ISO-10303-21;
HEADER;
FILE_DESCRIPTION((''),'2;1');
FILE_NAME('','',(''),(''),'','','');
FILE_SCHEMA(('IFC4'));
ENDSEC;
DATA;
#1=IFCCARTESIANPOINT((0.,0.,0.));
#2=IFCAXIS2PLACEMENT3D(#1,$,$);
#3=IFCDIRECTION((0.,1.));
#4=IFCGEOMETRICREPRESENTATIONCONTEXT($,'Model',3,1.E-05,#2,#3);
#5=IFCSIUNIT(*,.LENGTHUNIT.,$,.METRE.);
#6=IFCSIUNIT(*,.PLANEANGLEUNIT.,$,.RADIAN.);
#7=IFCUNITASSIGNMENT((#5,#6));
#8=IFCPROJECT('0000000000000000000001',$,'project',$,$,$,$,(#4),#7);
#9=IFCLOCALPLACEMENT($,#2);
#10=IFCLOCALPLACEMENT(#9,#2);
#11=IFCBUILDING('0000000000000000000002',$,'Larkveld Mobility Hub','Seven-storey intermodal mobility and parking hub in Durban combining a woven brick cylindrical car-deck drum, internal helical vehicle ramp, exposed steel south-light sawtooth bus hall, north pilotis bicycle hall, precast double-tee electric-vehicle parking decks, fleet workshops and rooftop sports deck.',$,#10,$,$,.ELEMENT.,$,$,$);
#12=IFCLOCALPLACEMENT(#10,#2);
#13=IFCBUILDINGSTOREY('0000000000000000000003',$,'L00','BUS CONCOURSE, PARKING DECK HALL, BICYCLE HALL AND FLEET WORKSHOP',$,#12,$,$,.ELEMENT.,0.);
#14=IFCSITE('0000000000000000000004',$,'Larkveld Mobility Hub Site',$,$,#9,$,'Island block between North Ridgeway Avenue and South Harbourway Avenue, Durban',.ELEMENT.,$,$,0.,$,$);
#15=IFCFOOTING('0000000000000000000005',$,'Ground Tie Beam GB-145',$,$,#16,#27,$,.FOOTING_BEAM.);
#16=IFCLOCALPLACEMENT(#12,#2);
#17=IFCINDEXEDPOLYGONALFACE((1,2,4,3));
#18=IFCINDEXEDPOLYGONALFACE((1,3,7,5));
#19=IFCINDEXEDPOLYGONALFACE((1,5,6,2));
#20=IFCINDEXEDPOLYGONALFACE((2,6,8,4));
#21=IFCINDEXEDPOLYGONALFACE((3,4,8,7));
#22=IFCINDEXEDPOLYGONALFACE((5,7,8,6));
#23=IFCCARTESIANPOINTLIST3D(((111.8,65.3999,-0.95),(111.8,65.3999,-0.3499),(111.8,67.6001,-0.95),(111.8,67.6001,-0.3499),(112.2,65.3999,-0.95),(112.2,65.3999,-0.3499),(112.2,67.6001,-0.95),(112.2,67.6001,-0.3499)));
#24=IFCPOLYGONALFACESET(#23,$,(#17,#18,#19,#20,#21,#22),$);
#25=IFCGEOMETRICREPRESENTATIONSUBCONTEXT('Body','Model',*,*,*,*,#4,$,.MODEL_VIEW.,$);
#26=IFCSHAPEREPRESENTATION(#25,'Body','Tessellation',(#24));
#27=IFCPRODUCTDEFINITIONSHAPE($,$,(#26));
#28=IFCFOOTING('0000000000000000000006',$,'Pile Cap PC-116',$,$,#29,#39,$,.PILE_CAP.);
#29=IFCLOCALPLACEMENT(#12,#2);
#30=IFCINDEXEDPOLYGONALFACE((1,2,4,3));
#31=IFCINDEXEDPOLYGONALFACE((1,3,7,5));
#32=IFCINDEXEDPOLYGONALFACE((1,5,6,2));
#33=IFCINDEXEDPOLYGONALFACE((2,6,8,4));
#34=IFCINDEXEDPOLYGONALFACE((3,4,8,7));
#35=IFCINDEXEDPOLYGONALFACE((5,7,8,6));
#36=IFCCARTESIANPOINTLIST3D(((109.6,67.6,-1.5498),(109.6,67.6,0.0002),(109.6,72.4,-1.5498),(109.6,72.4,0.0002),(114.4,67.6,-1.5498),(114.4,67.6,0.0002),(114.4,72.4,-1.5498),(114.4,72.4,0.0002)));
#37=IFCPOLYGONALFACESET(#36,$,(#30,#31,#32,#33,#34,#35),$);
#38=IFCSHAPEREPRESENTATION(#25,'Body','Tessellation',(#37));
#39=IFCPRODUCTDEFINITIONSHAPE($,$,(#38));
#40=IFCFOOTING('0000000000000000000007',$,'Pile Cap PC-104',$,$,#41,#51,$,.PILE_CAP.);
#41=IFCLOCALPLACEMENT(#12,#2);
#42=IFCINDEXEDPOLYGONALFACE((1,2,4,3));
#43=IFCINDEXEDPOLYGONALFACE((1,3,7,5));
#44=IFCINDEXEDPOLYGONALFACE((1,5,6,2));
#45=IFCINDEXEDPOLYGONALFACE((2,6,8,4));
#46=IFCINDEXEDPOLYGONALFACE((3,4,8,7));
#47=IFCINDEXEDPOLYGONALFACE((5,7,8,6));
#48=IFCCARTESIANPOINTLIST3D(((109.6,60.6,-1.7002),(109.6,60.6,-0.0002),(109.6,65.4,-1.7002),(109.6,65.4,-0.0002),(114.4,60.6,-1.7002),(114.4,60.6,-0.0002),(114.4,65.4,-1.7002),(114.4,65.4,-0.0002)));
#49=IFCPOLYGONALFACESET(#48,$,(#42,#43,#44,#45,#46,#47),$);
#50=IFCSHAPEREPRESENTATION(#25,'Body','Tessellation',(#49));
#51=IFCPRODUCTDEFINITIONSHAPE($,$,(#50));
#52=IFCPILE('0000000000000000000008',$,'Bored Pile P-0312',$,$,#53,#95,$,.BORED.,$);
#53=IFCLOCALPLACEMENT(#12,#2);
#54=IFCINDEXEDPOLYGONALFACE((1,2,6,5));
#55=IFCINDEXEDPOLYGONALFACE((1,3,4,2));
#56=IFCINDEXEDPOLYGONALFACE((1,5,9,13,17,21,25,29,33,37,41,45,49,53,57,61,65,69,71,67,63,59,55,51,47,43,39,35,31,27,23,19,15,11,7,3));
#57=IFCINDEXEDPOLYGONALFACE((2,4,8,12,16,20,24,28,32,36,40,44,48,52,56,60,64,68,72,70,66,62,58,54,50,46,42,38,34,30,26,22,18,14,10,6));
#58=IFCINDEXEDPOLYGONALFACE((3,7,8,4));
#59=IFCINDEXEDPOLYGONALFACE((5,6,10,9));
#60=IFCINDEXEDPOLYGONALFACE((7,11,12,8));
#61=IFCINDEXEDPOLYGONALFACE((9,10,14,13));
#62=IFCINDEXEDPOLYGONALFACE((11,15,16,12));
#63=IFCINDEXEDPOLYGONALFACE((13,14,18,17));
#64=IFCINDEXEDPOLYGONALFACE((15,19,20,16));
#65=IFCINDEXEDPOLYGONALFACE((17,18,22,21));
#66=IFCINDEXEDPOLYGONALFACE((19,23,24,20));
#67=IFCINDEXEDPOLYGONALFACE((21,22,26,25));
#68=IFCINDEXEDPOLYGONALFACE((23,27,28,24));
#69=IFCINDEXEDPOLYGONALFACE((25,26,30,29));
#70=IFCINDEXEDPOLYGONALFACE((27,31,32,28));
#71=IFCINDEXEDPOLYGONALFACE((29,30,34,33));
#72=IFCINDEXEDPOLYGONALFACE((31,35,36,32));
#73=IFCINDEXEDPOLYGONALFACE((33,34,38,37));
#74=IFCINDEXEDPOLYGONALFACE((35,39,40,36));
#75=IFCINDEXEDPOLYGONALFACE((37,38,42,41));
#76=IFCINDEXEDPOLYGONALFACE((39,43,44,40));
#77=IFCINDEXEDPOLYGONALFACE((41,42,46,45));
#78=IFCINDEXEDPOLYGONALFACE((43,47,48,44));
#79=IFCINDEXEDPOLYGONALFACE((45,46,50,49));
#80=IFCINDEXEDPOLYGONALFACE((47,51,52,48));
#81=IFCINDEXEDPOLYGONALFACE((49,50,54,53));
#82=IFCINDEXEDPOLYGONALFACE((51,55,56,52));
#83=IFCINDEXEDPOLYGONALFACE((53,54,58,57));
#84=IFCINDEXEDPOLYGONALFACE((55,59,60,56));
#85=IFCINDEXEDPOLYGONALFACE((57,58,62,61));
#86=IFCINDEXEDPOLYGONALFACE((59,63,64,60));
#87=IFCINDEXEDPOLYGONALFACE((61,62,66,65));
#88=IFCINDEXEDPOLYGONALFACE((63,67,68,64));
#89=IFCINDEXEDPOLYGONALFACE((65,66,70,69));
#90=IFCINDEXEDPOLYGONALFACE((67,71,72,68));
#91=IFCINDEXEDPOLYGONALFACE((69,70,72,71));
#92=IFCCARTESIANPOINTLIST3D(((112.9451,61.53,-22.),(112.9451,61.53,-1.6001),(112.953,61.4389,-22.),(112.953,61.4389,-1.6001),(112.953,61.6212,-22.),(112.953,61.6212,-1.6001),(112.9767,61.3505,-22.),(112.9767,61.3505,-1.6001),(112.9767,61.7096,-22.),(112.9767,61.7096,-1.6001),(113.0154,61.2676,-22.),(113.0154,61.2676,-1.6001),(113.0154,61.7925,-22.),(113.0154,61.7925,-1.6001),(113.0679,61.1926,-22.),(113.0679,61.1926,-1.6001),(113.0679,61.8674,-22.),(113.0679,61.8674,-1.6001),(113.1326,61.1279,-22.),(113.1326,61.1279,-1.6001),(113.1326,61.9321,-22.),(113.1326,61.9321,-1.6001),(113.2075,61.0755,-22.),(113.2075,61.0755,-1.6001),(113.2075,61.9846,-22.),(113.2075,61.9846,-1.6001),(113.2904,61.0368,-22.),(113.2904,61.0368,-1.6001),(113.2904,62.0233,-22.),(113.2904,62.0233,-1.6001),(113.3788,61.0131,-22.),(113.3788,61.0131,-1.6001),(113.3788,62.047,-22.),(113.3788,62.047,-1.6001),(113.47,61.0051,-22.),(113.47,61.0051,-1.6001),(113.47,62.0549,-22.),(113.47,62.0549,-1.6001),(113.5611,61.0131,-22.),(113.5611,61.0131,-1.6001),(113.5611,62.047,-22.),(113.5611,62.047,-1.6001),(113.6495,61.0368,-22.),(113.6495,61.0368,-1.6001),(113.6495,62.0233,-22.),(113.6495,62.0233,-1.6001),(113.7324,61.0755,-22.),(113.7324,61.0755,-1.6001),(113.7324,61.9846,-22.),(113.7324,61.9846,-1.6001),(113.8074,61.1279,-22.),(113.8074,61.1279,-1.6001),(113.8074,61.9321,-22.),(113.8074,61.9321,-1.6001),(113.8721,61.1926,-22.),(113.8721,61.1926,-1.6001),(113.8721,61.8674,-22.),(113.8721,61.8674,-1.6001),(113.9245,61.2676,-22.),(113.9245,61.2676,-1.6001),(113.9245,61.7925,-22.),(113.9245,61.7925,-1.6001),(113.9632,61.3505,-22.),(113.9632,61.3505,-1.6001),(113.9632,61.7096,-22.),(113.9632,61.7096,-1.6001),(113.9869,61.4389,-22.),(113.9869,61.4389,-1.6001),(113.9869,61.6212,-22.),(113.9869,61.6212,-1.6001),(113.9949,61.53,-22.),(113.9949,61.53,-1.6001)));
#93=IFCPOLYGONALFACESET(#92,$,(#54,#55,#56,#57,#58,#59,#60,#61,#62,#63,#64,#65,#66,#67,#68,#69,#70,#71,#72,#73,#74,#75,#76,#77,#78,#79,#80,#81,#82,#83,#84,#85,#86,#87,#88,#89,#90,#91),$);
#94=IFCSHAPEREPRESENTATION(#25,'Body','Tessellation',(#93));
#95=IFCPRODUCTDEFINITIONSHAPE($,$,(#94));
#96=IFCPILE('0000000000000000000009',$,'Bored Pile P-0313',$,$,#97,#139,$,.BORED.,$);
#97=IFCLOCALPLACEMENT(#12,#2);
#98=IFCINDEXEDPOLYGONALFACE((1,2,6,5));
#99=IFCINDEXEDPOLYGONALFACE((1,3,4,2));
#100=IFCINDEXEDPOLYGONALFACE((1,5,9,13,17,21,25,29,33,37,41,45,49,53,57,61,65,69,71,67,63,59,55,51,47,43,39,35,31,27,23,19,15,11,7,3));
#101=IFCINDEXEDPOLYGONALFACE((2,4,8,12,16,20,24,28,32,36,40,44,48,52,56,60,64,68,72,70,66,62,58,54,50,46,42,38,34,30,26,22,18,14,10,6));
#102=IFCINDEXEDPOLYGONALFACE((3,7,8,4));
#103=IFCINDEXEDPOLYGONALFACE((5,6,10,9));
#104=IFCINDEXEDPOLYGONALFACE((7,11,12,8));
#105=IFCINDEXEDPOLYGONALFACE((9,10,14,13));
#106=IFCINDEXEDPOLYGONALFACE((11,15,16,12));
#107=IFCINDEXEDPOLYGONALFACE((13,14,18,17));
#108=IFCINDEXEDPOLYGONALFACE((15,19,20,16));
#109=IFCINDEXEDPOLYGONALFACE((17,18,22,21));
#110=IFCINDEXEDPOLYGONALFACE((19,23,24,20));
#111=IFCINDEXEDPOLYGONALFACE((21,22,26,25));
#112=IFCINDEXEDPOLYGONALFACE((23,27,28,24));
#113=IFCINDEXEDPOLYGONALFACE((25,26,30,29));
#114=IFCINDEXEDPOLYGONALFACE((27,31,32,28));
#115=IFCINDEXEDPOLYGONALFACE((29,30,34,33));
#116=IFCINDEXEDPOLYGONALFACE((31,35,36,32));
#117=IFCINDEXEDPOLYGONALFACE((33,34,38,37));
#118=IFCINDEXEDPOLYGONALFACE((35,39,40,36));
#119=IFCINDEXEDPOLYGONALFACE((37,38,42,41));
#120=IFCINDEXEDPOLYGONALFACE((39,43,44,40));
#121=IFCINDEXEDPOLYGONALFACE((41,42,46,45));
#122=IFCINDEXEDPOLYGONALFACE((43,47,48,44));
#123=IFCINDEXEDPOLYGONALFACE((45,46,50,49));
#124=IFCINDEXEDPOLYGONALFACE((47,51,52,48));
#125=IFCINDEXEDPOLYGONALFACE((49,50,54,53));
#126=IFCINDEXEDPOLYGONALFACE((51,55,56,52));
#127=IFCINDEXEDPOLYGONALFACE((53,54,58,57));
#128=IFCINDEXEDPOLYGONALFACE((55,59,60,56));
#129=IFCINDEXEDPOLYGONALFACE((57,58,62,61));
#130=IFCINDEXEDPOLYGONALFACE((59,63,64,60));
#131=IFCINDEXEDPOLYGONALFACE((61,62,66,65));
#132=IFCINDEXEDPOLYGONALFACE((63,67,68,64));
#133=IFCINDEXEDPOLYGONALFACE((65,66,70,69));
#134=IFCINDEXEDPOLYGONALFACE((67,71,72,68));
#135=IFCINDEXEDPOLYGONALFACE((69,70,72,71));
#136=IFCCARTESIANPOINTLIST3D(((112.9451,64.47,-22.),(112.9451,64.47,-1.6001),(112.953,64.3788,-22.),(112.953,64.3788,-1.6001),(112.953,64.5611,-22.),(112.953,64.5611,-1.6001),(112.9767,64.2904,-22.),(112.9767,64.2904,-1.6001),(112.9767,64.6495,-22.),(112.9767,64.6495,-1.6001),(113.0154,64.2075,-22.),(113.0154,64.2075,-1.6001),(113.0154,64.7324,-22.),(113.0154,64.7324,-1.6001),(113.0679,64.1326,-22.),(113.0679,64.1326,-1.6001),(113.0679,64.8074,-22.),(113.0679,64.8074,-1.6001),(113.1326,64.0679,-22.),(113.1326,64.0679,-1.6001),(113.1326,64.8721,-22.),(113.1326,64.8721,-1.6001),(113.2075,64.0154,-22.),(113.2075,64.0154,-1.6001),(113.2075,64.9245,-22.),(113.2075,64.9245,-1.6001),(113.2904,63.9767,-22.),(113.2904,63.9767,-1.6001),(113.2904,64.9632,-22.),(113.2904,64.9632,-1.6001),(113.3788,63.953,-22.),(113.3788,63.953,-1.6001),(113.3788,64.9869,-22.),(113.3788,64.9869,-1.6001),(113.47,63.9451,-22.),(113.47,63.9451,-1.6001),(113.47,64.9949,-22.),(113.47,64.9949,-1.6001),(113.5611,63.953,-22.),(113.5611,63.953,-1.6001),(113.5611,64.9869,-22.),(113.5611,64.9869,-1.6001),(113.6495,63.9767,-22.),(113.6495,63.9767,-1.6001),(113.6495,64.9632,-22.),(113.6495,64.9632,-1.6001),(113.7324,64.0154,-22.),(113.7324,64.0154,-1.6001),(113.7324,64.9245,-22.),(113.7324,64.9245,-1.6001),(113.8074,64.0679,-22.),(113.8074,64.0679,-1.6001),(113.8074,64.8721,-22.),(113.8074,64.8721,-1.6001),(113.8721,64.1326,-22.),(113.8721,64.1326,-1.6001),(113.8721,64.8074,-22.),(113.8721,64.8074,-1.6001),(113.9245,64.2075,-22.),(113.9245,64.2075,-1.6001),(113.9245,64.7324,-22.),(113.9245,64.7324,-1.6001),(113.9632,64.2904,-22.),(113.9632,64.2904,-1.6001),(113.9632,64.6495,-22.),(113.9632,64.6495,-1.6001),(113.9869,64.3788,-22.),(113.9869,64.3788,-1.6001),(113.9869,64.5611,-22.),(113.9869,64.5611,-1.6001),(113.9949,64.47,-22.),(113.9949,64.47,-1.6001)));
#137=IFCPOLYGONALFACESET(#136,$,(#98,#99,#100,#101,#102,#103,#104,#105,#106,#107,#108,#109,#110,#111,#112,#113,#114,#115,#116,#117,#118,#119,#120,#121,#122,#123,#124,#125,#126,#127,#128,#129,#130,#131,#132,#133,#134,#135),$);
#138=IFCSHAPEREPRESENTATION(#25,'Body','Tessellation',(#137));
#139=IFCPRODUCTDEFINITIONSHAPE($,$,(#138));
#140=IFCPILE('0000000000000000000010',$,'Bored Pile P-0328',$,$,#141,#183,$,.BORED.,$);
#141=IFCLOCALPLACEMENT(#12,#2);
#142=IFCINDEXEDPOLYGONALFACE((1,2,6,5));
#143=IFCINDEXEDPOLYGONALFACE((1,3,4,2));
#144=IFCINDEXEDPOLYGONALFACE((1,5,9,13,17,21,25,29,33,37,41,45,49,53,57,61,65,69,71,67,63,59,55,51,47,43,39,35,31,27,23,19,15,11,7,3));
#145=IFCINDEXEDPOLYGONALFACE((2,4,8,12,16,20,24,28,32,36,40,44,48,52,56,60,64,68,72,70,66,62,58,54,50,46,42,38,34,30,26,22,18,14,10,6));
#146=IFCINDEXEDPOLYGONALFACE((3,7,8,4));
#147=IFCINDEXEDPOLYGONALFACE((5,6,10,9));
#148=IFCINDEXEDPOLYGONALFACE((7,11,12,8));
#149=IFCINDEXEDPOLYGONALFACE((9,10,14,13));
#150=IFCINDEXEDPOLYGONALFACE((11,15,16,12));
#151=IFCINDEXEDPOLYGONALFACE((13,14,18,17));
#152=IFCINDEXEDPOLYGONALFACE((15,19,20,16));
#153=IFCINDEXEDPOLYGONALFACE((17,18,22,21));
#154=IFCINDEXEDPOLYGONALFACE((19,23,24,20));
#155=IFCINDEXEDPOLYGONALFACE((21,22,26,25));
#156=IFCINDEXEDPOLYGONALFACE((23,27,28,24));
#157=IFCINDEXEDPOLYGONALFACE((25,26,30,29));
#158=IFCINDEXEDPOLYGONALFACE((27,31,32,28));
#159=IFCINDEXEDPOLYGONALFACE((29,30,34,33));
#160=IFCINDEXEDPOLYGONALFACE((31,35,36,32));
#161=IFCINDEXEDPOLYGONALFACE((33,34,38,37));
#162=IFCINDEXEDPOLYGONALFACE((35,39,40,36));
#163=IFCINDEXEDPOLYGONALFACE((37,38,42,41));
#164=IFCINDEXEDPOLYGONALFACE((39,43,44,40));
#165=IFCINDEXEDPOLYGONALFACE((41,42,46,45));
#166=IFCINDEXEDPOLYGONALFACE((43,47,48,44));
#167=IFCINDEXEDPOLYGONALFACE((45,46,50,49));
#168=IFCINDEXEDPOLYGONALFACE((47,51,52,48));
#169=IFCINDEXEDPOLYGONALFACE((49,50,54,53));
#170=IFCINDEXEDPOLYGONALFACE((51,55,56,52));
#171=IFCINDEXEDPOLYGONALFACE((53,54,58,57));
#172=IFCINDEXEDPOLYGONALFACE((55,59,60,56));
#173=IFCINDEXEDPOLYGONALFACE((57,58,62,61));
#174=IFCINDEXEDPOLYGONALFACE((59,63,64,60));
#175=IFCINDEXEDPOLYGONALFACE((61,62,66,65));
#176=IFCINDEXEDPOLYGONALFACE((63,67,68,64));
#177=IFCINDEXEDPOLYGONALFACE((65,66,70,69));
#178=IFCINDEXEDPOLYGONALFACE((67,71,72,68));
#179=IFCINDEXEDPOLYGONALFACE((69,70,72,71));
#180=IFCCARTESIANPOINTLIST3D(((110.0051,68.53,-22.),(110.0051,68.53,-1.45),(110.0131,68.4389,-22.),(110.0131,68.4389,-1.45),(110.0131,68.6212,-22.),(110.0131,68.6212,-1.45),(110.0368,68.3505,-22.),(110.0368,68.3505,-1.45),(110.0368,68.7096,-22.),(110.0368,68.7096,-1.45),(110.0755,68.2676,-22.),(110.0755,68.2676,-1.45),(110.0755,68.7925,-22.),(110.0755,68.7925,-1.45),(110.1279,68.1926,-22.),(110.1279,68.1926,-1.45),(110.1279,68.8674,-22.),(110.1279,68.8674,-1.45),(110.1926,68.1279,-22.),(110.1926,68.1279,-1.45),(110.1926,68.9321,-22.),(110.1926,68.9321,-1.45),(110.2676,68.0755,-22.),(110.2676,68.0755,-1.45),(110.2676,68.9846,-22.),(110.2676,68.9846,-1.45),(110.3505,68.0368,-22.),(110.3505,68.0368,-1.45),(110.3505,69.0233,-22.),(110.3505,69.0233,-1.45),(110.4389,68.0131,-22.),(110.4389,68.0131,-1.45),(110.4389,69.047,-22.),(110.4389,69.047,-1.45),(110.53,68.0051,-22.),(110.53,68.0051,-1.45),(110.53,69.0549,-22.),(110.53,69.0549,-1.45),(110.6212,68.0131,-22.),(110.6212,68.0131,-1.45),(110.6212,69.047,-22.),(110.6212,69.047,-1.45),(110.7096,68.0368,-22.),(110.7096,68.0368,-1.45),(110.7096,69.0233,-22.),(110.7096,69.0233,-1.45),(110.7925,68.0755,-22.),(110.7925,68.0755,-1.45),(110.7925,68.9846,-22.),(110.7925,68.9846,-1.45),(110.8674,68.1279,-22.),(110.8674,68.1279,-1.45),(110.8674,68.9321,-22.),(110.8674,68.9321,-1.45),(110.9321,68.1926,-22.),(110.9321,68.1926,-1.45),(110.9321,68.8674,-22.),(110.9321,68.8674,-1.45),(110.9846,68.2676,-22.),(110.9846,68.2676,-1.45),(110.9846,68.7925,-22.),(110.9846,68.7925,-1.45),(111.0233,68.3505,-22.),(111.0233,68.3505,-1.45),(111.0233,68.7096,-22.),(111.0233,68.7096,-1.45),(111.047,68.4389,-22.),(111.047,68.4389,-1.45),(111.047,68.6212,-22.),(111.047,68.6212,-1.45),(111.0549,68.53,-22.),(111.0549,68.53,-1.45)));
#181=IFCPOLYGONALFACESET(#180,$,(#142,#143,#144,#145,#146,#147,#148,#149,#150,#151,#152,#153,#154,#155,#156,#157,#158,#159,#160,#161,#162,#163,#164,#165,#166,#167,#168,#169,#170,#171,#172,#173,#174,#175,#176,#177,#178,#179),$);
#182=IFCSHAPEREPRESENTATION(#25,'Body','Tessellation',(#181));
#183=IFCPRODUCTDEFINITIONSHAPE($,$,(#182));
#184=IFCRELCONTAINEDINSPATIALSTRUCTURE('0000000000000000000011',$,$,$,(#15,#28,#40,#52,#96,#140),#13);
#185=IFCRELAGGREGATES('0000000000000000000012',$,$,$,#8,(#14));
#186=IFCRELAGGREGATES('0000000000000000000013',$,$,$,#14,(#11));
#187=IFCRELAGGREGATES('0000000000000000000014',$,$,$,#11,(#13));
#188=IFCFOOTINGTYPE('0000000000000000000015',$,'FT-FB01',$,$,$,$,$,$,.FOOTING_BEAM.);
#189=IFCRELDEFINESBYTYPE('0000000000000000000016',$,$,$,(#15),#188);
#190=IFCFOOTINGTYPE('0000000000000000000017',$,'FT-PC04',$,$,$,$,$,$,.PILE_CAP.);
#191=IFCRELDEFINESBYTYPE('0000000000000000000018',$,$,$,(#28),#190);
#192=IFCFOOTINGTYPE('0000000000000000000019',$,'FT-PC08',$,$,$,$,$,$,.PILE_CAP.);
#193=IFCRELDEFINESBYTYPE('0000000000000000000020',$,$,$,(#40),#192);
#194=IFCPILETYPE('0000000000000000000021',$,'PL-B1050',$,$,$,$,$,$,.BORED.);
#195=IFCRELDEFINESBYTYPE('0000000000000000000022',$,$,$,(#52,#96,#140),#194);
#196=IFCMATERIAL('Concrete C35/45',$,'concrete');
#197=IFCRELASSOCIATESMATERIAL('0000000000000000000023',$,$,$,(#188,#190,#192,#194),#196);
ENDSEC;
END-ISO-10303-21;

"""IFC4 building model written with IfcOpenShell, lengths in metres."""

from ifc_helpers import new_model, si_unit, direction, frame, origin, origin_2d, place, context, subcontext, project, spatial, rectangle, circle, extrude, material, material_profile, profile_set, type_object, element, save


model = new_model("IFC4")

# Units and contexts
model_context = context("Model", 3, precision=1e-05, world=origin(), true_north=direction((0.0, 1.0)))
body_context = subcontext(model_context, "Body", "Model", "MODEL_VIEW")
ifc_project = project(units=[si_unit("LENGTHUNIT", "METRE"), si_unit("PLANEANGLEUNIT", "RADIAN")], contexts=[model_context])

# Site, building, storey
site_placement = place(None, origin())
site = spatial("IfcSite", under=ifc_project, at=site_placement, Name="Larkveld Mobility Hub Site", LongName="Island block between North Ridgeway Avenue and South Harbourway Avenue, Durban", CompositionType="ELEMENT", RefElevation=0.0)
building_placement = place(site_placement, origin())
building = spatial("IfcBuilding", under=site, at=building_placement, Name="Larkveld Mobility Hub", Description="Seven-storey intermodal mobility and parking hub in Durban combining a woven brick cylindrical car-deck drum, internal helical vehicle ramp, exposed steel south-light sawtooth bus hall, north pilotis bicycle hall, precast double-tee electric-vehicle parking decks, fleet workshops and rooftop sports deck.", CompositionType="ELEMENT")
storey_placement = place(building_placement, origin())
storey = spatial("IfcBuildingStorey", under=building, at=storey_placement, Name="L00", Description="BUS CONCOURSE, PARKING DECK HALL, BICYCLE HALL AND FLEET WORKSHOP", CompositionType="ELEMENT", Elevation=0.0)

# Footings
ifc_material_1 = material(Name="Concrete C35/45", Category="concrete")
ifc_material_profile_1 = material_profile(ifc_material_1, rectangle(XDim=0.3999, YDim=0.6001, at=origin_2d()), Name="RC BM 400x600")
ifc_profile_set_1 = profile_set([ifc_material_profile_1], Name="Concrete C35/45")
footing_type_1 = type_object("IfcFootingType", Name="FT-FB01", PredefinedType="FOOTING_BEAM", material=ifc_profile_set_1)
footing_1_placement = place(storey_placement, frame((112.0, 65.3999, -0.6499), z_axis=(0.0, 1.0, 0.0), x_axis=(-1.0, 0.0, 0.0)))
element("IfcFooting", 1, at=footing_1_placement, inside=storey, type_object=footing_type_1, Name="Ground Tie Beam GB-145", PredefinedType="FOOTING_BEAM", context=body_context, shape_type="SweptSolid", body=[
    extrude(rectangle(XDim=0.3999, YDim=0.6001, at=origin_2d()), origin(), (0.0, 0.0, 1.0), 2.2002),
])
footing_type_2 = type_object("IfcFootingType", Name="FT-PC04", PredefinedType="PILE_CAP", material=ifc_material_1)
footing_2_placement = place(storey_placement, frame((112.0, 70.0, -1.5498), z_axis=(0.0, 0.0, 1.0), x_axis=(1.0, 0.0, 0.0)))
element("IfcFooting", 2, at=footing_2_placement, inside=storey, type_object=footing_type_2, Name="Pile Cap PC-116", PredefinedType="PILE_CAP", context=body_context, shape_type="SweptSolid", body=[
    extrude(rectangle(XDim=4.8, YDim=4.8, at=origin_2d()), origin(), (0.0, 0.0, 1.0), 1.55),
])
footing_type_3 = type_object("IfcFootingType", Name="FT-PC08", PredefinedType="PILE_CAP", material=ifc_material_1)
footing_3_placement = place(storey_placement, frame((112.0, 63.0, -1.7002), z_axis=(0.0, 0.0, 1.0), x_axis=(1.0, 0.0, 0.0)))
element("IfcFooting", 3, at=footing_3_placement, inside=storey, type_object=footing_type_3, Name="Pile Cap PC-104", PredefinedType="PILE_CAP", context=body_context, shape_type="SweptSolid", body=[
    extrude(rectangle(XDim=4.8, YDim=4.8, at=origin_2d()), origin(), (0.0, 0.0, 1.0), 1.7),
])

# Piles
ifc_material_profile_2 = material_profile(ifc_material_1, circle(Radius=0.5249, at=origin_2d()), Name="PILE D1050")
ifc_profile_set_2 = profile_set([ifc_material_profile_2], Name="Concrete C35/45")
pile_type = type_object("IfcPileType", Name="PL-B1050", PredefinedType="BORED", material=ifc_profile_set_2)
for number, where, z_axis, x_axis, name in (
    (4, (113.47, 61.53, -1.6001), (0.0, 0.0, -1.0), (1.0, 0.0, 0.0), "Bored Pile P-0312"),
    (5, (113.47, 64.47, -1.6001), (0.0, 0.0, -1.0), (1.0, 0.0, 0.0), "Bored Pile P-0313"),
):
    element("IfcPile", number, at=place(storey_placement, frame(where, z_axis=z_axis, x_axis=x_axis)), inside=storey, type_object=pile_type, Name=name, PredefinedType="BORED", context=body_context, shape_type="SweptSolid", body=[
        extrude(circle(Radius=0.5249, at=origin_2d()), origin(), (0.0, 0.0, 1.0), 20.3999),
    ])
for number, where, z_axis, x_axis, name in (
    (6, (110.53, 68.53, -1.45), (0.0, 0.0, -1.0), (1.0, 0.0, 0.0), "Bored Pile P-0328"),
):
    element("IfcPile", number, at=place(storey_placement, frame(where, z_axis=z_axis, x_axis=x_axis)), inside=storey, type_object=pile_type, Name=name, PredefinedType="BORED", context=body_context, shape_type="SweptSolid", body=[
        extrude(circle(Radius=0.5249, at=origin_2d()), origin(), (0.0, 0.0, 1.0), 20.55),
    ])

save(model, "model.ifc")
